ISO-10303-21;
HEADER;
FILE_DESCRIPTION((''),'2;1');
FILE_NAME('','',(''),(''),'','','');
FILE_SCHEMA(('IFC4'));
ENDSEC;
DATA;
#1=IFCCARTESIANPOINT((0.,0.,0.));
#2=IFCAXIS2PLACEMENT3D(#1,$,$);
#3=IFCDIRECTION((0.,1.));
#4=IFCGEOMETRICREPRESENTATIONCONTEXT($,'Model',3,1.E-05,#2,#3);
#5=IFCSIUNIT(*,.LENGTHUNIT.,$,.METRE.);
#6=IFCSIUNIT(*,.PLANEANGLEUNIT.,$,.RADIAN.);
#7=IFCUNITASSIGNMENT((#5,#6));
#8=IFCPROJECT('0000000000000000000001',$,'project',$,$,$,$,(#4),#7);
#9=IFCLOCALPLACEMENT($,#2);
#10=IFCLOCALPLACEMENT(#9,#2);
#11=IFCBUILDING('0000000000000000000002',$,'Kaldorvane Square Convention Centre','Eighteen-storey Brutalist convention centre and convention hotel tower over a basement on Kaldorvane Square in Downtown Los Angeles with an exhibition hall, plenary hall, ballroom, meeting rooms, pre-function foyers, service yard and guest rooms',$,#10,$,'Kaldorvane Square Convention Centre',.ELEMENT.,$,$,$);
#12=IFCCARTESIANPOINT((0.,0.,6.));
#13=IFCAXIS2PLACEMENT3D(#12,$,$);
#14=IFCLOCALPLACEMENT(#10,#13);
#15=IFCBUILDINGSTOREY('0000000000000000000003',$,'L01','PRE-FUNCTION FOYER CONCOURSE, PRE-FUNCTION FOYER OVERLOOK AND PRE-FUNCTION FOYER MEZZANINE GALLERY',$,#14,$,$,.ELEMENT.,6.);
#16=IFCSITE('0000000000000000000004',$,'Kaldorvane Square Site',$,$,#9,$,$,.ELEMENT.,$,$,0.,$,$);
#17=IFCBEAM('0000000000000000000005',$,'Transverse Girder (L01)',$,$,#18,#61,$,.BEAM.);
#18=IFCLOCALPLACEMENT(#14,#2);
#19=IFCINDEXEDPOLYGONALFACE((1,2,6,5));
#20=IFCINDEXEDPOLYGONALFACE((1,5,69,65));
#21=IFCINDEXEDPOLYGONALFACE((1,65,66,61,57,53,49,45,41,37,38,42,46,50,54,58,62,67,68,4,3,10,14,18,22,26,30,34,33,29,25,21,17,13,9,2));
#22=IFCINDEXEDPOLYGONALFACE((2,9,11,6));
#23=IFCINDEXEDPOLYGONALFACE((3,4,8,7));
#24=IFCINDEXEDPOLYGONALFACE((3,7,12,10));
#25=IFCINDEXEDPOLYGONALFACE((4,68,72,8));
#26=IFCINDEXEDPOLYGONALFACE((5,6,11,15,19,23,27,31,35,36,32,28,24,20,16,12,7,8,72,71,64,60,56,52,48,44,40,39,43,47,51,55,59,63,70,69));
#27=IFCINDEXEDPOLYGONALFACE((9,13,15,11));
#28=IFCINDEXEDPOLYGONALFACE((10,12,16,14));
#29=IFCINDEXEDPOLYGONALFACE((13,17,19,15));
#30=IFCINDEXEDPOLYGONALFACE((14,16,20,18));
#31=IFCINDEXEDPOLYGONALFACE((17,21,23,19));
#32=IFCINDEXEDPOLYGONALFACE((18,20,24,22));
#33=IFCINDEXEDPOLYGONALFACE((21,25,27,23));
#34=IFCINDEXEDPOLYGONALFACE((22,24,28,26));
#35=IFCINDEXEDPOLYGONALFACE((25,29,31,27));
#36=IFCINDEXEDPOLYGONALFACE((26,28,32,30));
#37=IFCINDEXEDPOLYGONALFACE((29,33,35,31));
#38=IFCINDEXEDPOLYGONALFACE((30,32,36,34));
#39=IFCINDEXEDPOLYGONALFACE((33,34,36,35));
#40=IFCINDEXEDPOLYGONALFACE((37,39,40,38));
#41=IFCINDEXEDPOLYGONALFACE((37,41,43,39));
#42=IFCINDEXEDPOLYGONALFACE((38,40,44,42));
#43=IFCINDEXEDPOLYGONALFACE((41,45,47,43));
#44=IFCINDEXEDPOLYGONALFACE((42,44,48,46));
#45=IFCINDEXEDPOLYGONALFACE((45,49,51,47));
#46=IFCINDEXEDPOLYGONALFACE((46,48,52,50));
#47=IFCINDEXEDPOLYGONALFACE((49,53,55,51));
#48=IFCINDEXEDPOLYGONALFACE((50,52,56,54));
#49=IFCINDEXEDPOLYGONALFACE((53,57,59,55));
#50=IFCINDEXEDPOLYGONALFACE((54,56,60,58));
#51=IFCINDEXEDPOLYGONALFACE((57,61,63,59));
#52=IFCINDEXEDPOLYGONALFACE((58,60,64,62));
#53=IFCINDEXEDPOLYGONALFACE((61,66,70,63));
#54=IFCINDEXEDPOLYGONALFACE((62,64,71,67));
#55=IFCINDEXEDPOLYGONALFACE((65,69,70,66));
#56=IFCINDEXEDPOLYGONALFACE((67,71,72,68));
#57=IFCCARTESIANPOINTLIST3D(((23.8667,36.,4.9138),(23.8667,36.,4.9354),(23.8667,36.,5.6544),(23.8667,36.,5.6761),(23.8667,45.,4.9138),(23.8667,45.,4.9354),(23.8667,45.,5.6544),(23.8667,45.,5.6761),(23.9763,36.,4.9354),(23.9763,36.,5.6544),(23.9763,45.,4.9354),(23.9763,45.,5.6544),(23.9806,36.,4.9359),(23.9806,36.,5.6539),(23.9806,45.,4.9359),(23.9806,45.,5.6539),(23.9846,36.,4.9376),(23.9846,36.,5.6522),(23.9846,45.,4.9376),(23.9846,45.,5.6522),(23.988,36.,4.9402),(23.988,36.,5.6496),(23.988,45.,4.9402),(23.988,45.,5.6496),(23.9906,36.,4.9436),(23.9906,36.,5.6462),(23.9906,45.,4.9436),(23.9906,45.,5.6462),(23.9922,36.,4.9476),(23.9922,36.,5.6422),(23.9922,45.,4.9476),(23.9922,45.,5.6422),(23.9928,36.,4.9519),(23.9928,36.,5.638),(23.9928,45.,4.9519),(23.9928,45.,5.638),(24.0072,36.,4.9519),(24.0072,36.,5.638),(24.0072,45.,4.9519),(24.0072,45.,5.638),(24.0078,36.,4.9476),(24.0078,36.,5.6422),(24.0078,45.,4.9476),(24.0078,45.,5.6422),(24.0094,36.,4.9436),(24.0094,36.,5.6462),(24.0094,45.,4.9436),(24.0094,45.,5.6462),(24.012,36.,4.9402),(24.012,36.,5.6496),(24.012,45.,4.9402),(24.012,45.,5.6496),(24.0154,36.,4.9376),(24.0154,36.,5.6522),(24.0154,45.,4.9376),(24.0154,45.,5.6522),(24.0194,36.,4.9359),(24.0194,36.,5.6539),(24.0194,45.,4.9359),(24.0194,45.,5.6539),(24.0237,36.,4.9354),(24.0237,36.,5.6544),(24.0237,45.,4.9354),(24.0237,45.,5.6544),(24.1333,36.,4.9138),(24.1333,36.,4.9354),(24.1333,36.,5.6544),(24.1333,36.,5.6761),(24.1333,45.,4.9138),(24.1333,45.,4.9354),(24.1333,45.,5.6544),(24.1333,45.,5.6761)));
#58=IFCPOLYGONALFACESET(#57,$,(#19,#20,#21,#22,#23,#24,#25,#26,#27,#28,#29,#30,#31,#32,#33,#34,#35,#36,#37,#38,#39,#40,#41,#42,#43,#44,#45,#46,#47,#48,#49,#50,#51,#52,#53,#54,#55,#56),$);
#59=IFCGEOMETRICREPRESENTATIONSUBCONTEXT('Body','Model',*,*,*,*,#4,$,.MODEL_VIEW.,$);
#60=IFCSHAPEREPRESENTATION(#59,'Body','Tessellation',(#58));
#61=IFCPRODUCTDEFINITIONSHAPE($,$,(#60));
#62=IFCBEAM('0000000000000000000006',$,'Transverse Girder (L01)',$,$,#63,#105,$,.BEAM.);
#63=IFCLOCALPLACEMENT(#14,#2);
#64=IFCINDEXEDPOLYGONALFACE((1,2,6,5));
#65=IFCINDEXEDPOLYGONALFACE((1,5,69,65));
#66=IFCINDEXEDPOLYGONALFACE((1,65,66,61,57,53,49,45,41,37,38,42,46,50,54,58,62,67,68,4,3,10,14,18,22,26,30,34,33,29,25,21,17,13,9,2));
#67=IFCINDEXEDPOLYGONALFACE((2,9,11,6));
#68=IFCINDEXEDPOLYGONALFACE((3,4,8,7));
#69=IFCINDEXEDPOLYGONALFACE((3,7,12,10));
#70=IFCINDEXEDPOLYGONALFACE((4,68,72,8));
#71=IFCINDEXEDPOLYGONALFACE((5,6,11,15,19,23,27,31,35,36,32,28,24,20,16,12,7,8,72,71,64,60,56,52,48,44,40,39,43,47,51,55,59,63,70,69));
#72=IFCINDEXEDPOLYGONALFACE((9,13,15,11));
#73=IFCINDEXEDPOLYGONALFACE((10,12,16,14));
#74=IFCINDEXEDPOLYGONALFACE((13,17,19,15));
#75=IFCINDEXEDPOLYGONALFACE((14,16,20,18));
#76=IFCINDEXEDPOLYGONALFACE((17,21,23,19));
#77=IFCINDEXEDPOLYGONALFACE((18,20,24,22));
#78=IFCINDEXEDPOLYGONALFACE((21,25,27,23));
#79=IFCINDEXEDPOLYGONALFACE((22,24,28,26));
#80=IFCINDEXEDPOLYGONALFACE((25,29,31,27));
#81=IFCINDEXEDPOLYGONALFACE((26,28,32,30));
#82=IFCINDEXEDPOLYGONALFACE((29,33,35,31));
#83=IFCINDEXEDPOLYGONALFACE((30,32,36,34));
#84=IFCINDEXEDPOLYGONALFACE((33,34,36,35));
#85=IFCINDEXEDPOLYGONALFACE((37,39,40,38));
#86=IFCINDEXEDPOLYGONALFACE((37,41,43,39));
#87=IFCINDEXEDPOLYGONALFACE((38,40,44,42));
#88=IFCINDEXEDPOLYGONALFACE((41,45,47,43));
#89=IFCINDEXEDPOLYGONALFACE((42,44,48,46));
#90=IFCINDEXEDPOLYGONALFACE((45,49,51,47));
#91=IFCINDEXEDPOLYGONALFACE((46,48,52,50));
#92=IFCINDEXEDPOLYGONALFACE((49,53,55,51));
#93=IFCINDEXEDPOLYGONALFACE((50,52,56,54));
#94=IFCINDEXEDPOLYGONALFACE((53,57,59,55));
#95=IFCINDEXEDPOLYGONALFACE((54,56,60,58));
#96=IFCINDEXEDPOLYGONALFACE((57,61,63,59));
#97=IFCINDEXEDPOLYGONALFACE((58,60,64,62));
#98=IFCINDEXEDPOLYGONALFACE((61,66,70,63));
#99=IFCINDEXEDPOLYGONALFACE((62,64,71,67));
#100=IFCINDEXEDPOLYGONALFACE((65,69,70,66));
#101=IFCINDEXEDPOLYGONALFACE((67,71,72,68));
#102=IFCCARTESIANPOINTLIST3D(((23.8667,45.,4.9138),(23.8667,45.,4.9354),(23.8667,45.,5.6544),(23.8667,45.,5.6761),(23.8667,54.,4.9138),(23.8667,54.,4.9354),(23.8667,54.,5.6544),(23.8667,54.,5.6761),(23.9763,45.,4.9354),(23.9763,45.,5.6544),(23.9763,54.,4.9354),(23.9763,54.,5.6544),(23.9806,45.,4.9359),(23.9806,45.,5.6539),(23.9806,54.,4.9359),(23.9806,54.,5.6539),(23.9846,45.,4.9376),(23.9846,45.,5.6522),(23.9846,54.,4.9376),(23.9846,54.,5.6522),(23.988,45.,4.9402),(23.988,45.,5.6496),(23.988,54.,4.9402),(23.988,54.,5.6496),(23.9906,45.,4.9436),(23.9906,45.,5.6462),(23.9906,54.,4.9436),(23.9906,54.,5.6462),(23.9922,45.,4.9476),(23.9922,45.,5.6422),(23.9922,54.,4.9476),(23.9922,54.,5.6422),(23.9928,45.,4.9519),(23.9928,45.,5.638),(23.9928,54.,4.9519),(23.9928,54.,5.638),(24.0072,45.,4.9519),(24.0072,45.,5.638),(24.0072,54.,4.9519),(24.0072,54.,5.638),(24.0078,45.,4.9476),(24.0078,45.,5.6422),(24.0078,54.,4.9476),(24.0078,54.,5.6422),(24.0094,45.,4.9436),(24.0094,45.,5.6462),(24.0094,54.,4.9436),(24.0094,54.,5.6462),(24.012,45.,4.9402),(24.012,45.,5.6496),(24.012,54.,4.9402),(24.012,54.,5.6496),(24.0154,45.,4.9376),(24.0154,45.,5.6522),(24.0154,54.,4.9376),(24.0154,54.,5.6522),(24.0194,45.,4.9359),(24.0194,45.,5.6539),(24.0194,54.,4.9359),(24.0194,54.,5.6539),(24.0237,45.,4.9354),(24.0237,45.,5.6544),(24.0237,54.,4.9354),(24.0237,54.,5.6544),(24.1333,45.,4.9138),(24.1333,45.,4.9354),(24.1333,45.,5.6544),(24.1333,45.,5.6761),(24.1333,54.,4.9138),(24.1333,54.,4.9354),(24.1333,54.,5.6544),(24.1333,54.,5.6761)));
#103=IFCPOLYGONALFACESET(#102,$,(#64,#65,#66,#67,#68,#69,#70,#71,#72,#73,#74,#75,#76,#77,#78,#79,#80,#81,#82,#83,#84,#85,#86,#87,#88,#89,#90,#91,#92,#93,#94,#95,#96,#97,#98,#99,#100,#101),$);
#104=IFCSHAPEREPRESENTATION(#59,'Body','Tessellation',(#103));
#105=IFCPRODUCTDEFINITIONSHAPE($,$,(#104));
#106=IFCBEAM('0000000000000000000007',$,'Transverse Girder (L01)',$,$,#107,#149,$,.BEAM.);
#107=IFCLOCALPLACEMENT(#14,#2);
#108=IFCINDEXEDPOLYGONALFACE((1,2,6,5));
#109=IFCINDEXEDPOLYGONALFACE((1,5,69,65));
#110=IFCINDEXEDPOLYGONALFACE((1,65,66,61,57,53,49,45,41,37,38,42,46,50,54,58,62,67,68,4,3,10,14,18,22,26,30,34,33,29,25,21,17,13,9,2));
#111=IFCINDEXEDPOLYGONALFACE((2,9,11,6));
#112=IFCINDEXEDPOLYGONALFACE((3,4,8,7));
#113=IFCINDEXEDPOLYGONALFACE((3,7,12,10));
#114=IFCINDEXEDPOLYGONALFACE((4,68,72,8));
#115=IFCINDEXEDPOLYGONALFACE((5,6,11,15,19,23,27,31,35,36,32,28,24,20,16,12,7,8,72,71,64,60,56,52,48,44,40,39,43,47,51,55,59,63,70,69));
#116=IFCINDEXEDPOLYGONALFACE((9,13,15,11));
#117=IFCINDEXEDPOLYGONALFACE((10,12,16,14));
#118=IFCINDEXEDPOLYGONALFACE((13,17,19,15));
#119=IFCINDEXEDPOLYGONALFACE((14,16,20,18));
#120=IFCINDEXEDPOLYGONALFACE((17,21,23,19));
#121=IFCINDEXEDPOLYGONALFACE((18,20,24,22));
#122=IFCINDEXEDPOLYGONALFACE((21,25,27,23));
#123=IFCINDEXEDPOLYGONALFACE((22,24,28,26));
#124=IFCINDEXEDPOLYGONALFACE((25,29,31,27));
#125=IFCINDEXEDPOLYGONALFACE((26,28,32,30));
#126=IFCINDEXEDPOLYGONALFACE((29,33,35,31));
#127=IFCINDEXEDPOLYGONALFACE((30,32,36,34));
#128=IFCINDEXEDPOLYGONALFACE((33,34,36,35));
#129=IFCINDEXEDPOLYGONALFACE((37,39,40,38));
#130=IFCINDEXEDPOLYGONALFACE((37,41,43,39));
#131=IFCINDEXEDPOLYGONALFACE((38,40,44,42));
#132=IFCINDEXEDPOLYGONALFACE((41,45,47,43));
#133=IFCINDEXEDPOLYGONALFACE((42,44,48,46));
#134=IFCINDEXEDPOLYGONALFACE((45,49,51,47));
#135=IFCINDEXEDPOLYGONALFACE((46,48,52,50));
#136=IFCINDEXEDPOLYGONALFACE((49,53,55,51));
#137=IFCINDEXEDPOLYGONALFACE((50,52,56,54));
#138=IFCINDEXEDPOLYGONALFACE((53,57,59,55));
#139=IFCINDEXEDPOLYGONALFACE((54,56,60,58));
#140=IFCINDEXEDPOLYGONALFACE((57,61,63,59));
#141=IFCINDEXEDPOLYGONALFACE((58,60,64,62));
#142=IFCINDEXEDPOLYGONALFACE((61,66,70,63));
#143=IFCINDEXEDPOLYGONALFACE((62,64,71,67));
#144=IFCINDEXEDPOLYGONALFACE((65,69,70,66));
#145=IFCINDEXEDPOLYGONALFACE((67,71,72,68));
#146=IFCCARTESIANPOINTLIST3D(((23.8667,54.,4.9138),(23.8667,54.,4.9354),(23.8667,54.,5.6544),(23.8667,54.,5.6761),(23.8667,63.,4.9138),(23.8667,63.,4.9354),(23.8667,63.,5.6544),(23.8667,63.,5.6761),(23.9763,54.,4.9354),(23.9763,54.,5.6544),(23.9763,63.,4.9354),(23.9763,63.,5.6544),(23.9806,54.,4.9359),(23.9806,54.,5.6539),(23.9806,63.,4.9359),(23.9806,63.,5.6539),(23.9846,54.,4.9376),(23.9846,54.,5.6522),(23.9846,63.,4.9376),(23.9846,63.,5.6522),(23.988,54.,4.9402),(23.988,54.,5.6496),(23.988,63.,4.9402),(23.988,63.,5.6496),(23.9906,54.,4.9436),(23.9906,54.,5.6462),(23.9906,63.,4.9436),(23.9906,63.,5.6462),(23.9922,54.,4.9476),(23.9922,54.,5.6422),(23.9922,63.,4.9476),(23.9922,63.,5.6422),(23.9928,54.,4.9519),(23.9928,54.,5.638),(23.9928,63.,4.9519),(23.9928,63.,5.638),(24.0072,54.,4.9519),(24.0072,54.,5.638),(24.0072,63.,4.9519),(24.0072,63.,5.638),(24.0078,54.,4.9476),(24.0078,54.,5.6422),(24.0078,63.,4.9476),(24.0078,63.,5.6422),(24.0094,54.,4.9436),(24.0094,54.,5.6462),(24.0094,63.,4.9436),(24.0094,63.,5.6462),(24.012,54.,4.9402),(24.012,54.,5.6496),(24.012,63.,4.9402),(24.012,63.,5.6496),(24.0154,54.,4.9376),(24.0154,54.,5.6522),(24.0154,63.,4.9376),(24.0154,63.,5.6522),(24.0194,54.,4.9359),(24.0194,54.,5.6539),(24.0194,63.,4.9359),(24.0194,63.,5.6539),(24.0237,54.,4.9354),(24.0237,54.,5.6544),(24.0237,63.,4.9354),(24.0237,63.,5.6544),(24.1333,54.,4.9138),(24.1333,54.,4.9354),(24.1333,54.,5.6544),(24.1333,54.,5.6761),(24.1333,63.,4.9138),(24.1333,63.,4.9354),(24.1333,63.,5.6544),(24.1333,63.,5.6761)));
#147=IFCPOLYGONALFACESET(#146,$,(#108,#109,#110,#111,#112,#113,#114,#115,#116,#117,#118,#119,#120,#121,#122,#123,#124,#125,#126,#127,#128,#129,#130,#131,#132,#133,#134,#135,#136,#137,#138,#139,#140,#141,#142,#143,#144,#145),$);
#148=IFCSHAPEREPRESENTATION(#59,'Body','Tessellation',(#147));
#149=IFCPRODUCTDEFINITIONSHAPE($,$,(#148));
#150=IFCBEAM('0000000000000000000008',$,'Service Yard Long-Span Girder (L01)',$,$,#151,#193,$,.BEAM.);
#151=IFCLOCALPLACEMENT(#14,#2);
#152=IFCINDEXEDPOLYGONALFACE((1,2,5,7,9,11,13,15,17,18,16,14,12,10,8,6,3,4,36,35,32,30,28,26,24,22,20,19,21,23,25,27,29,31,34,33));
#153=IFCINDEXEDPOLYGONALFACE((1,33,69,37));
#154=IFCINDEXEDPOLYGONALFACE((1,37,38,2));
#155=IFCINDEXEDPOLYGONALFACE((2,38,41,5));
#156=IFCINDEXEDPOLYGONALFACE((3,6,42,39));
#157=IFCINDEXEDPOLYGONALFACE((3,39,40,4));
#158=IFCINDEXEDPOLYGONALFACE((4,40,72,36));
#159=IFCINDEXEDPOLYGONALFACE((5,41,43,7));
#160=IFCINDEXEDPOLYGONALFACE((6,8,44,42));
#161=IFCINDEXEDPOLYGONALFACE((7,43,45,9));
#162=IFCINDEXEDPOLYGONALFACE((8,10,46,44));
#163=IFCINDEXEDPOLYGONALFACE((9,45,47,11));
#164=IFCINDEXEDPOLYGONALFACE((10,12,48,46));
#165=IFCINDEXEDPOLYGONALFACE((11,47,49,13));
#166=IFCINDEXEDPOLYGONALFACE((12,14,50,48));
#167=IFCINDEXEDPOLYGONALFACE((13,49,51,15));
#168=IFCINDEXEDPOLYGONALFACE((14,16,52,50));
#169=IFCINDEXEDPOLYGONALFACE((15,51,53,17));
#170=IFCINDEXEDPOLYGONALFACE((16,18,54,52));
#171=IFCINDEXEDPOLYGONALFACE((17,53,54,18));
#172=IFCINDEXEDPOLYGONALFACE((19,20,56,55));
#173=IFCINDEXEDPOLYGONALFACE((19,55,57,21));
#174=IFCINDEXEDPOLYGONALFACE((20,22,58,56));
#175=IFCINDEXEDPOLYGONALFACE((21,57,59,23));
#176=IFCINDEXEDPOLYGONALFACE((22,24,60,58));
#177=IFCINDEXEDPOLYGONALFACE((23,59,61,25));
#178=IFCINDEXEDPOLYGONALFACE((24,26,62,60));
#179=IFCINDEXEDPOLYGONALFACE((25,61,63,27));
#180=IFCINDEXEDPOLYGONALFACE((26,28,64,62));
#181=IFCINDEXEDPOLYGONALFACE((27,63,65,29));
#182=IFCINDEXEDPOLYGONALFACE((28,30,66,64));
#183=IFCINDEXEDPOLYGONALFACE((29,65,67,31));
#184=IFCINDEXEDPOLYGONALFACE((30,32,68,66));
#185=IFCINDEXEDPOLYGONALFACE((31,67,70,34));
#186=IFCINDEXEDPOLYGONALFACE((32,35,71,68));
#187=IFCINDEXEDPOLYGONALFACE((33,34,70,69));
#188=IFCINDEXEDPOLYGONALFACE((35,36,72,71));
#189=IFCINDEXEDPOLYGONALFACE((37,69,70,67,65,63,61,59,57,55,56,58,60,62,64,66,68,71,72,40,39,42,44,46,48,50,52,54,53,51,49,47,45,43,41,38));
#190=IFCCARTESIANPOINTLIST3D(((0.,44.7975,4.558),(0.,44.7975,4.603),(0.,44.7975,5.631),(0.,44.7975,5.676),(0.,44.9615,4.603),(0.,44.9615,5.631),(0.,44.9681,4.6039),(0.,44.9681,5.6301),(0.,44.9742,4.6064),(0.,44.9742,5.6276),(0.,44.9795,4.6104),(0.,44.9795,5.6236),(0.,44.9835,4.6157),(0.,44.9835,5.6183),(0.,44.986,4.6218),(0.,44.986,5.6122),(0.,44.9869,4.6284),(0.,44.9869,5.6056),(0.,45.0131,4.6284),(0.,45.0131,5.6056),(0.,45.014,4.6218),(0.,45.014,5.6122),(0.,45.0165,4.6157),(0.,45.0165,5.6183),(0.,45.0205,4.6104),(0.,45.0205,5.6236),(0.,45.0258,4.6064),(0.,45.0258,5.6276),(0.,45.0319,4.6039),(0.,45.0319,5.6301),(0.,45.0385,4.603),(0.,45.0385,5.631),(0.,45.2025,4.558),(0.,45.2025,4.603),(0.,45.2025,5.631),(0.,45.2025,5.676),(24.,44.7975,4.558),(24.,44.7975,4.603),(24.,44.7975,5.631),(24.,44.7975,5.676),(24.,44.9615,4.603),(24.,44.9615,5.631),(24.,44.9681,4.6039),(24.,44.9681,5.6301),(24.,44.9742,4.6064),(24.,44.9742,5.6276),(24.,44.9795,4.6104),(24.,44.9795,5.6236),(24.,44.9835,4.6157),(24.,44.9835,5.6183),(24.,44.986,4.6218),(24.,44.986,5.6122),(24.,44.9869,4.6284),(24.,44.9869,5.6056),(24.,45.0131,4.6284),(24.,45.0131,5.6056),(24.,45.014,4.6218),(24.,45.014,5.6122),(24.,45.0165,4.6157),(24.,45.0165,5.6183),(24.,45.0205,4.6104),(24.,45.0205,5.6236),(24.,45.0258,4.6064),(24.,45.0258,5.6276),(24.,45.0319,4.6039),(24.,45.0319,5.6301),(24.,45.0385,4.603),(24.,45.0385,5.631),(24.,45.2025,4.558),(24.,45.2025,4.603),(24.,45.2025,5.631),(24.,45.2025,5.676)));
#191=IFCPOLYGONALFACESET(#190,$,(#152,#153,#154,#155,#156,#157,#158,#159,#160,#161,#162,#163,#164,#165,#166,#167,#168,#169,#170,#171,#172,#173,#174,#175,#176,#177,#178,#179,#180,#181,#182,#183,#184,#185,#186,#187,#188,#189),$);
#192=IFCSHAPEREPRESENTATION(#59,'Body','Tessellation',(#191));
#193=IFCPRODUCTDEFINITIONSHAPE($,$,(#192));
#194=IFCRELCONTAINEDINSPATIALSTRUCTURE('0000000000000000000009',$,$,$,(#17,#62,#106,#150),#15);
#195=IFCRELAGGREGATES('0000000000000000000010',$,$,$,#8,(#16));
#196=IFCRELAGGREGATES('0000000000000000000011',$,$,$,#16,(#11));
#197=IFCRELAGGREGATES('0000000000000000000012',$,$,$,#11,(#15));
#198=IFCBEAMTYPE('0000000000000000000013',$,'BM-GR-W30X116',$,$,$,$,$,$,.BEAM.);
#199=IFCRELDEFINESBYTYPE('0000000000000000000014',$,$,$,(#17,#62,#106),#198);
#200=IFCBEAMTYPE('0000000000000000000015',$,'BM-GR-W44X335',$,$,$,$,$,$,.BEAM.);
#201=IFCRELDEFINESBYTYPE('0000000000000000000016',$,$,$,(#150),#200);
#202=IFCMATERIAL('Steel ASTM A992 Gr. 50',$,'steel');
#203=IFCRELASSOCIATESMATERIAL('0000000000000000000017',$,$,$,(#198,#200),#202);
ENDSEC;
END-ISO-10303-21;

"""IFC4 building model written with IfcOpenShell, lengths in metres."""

from ifc_helpers import new_model, si_unit, direction, frame, origin, origin_2d, place, context, subcontext, project, spatial, i_section, extrude, material, material_profile, profile_set, type_object, element, save


model = new_model("IFC4")

# Units and contexts
model_context = context("Model", 3, precision=1e-05, world=origin(), true_north=direction((0.0, 1.0)))
body_context = subcontext(model_context, "Body", "Model", "MODEL_VIEW")
ifc_project = project(units=[si_unit("LENGTHUNIT", "METRE"), si_unit("PLANEANGLEUNIT", "RADIAN")], contexts=[model_context])

# Site, building, storey
site_placement = place(None, origin())
site = spatial("IfcSite", under=ifc_project, at=site_placement, Name="Kaldorvane Square Site", CompositionType="ELEMENT", RefElevation=0.0)
building_placement = place(site_placement, origin())
building = spatial("IfcBuilding", under=site, at=building_placement, Name="Kaldorvane Square Convention Centre", Description="Eighteen-storey Brutalist convention centre and convention hotel tower over a basement on Kaldorvane Square in Downtown Los Angeles with an exhibition hall, plenary hall, ballroom, meeting rooms, pre-function foyers, service yard and guest rooms", LongName="Kaldorvane Square Convention Centre", CompositionType="ELEMENT")
storey_placement = place(building_placement, frame((0.0, 0.0, 6.0)))
storey = spatial("IfcBuildingStorey", under=building, at=storey_placement, Name="L01", Description="PRE-FUNCTION FOYER CONCOURSE, PRE-FUNCTION FOYER OVERLOOK AND PRE-FUNCTION FOYER MEZZANINE GALLERY", CompositionType="ELEMENT", Elevation=6.0)

# Shared definitions
ifc_material_1 = material(Name="Steel ASTM A992 Gr. 50", Category="steel")

# Beams
ifc_material_profile_1 = material_profile(ifc_material_1, i_section(OverallWidth=0.2666, OverallDepth=0.7623, WebThickness=0.0144, FlangeThickness=0.0216, FilletRadius=0.0165, at=origin_2d()), Name="W30X116")
ifc_profile_set_1 = profile_set([ifc_material_profile_1], Name="Steel ASTM A992 Gr. 50")
beam_type_1 = type_object("IfcBeamType", Name="BM-GR-W30X116", PredefinedType="BEAM", material=ifc_profile_set_1)
for number, where, z_axis, x_axis, name in (
    (1, (24.0, 36.0, 5.2949), (0.0, 1.0, 0.0), (-1.0, 0.0, 0.0), "Transverse Girder (L01)"),
    (2, (24.0, 45.0, 5.2949), (0.0, 1.0, 0.0), (-1.0, 0.0, 0.0), "Transverse Girder (L01)"),
    (3, (24.0, 54.0, 5.2949), (0.0, 1.0, 0.0), (-1.0, 0.0, 0.0), "Transverse Girder (L01)"),
):
    element("IfcBeam", number, at=place(storey_placement, frame(where, z_axis=z_axis, x_axis=x_axis)), inside=storey, type_object=beam_type_1, Name=name, PredefinedType="BEAM", context=body_context, shape_type="SweptSolid", body=[
        extrude(i_section(OverallWidth=0.2666, OverallDepth=0.7623, WebThickness=0.0144, FlangeThickness=0.0216, FilletRadius=0.0165, at=origin_2d()), origin(), (0.0, 0.0, 1.0), 9.0),
    ])
ifc_material_profile_2 = material_profile(ifc_material_1, i_section(OverallWidth=0.405, OverallDepth=1.118, WebThickness=0.0262, FlangeThickness=0.045, FilletRadius=0.0254, at=origin_2d()), Name="W44X335")
ifc_profile_set_2 = profile_set([ifc_material_profile_2], Name="Steel ASTM A992 Gr. 50")
beam_type_2 = type_object("IfcBeamType", Name="BM-GR-W44X335", PredefinedType="BEAM", material=ifc_profile_set_2)
for number, where, z_axis, x_axis, name in (
    (4, (0.0, 45.0, 5.117), (1.0, 0.0, 0.0), (0.0, 1.0, 0.0), "Service Yard Long-Span Girder (L01)"),
):
    element("IfcBeam", number, at=place(storey_placement, frame(where, z_axis=z_axis, x_axis=x_axis)), inside=storey, type_object=beam_type_2, Name=name, PredefinedType="BEAM", context=body_context, shape_type="SweptSolid", body=[
        extrude(i_section(OverallWidth=0.405, OverallDepth=1.118, WebThickness=0.0262, FlangeThickness=0.045, FilletRadius=0.0254, at=origin_2d()), origin(), (0.0, 0.0, 1.0), 24.0),
    ])

save(model, "model.ifc")
